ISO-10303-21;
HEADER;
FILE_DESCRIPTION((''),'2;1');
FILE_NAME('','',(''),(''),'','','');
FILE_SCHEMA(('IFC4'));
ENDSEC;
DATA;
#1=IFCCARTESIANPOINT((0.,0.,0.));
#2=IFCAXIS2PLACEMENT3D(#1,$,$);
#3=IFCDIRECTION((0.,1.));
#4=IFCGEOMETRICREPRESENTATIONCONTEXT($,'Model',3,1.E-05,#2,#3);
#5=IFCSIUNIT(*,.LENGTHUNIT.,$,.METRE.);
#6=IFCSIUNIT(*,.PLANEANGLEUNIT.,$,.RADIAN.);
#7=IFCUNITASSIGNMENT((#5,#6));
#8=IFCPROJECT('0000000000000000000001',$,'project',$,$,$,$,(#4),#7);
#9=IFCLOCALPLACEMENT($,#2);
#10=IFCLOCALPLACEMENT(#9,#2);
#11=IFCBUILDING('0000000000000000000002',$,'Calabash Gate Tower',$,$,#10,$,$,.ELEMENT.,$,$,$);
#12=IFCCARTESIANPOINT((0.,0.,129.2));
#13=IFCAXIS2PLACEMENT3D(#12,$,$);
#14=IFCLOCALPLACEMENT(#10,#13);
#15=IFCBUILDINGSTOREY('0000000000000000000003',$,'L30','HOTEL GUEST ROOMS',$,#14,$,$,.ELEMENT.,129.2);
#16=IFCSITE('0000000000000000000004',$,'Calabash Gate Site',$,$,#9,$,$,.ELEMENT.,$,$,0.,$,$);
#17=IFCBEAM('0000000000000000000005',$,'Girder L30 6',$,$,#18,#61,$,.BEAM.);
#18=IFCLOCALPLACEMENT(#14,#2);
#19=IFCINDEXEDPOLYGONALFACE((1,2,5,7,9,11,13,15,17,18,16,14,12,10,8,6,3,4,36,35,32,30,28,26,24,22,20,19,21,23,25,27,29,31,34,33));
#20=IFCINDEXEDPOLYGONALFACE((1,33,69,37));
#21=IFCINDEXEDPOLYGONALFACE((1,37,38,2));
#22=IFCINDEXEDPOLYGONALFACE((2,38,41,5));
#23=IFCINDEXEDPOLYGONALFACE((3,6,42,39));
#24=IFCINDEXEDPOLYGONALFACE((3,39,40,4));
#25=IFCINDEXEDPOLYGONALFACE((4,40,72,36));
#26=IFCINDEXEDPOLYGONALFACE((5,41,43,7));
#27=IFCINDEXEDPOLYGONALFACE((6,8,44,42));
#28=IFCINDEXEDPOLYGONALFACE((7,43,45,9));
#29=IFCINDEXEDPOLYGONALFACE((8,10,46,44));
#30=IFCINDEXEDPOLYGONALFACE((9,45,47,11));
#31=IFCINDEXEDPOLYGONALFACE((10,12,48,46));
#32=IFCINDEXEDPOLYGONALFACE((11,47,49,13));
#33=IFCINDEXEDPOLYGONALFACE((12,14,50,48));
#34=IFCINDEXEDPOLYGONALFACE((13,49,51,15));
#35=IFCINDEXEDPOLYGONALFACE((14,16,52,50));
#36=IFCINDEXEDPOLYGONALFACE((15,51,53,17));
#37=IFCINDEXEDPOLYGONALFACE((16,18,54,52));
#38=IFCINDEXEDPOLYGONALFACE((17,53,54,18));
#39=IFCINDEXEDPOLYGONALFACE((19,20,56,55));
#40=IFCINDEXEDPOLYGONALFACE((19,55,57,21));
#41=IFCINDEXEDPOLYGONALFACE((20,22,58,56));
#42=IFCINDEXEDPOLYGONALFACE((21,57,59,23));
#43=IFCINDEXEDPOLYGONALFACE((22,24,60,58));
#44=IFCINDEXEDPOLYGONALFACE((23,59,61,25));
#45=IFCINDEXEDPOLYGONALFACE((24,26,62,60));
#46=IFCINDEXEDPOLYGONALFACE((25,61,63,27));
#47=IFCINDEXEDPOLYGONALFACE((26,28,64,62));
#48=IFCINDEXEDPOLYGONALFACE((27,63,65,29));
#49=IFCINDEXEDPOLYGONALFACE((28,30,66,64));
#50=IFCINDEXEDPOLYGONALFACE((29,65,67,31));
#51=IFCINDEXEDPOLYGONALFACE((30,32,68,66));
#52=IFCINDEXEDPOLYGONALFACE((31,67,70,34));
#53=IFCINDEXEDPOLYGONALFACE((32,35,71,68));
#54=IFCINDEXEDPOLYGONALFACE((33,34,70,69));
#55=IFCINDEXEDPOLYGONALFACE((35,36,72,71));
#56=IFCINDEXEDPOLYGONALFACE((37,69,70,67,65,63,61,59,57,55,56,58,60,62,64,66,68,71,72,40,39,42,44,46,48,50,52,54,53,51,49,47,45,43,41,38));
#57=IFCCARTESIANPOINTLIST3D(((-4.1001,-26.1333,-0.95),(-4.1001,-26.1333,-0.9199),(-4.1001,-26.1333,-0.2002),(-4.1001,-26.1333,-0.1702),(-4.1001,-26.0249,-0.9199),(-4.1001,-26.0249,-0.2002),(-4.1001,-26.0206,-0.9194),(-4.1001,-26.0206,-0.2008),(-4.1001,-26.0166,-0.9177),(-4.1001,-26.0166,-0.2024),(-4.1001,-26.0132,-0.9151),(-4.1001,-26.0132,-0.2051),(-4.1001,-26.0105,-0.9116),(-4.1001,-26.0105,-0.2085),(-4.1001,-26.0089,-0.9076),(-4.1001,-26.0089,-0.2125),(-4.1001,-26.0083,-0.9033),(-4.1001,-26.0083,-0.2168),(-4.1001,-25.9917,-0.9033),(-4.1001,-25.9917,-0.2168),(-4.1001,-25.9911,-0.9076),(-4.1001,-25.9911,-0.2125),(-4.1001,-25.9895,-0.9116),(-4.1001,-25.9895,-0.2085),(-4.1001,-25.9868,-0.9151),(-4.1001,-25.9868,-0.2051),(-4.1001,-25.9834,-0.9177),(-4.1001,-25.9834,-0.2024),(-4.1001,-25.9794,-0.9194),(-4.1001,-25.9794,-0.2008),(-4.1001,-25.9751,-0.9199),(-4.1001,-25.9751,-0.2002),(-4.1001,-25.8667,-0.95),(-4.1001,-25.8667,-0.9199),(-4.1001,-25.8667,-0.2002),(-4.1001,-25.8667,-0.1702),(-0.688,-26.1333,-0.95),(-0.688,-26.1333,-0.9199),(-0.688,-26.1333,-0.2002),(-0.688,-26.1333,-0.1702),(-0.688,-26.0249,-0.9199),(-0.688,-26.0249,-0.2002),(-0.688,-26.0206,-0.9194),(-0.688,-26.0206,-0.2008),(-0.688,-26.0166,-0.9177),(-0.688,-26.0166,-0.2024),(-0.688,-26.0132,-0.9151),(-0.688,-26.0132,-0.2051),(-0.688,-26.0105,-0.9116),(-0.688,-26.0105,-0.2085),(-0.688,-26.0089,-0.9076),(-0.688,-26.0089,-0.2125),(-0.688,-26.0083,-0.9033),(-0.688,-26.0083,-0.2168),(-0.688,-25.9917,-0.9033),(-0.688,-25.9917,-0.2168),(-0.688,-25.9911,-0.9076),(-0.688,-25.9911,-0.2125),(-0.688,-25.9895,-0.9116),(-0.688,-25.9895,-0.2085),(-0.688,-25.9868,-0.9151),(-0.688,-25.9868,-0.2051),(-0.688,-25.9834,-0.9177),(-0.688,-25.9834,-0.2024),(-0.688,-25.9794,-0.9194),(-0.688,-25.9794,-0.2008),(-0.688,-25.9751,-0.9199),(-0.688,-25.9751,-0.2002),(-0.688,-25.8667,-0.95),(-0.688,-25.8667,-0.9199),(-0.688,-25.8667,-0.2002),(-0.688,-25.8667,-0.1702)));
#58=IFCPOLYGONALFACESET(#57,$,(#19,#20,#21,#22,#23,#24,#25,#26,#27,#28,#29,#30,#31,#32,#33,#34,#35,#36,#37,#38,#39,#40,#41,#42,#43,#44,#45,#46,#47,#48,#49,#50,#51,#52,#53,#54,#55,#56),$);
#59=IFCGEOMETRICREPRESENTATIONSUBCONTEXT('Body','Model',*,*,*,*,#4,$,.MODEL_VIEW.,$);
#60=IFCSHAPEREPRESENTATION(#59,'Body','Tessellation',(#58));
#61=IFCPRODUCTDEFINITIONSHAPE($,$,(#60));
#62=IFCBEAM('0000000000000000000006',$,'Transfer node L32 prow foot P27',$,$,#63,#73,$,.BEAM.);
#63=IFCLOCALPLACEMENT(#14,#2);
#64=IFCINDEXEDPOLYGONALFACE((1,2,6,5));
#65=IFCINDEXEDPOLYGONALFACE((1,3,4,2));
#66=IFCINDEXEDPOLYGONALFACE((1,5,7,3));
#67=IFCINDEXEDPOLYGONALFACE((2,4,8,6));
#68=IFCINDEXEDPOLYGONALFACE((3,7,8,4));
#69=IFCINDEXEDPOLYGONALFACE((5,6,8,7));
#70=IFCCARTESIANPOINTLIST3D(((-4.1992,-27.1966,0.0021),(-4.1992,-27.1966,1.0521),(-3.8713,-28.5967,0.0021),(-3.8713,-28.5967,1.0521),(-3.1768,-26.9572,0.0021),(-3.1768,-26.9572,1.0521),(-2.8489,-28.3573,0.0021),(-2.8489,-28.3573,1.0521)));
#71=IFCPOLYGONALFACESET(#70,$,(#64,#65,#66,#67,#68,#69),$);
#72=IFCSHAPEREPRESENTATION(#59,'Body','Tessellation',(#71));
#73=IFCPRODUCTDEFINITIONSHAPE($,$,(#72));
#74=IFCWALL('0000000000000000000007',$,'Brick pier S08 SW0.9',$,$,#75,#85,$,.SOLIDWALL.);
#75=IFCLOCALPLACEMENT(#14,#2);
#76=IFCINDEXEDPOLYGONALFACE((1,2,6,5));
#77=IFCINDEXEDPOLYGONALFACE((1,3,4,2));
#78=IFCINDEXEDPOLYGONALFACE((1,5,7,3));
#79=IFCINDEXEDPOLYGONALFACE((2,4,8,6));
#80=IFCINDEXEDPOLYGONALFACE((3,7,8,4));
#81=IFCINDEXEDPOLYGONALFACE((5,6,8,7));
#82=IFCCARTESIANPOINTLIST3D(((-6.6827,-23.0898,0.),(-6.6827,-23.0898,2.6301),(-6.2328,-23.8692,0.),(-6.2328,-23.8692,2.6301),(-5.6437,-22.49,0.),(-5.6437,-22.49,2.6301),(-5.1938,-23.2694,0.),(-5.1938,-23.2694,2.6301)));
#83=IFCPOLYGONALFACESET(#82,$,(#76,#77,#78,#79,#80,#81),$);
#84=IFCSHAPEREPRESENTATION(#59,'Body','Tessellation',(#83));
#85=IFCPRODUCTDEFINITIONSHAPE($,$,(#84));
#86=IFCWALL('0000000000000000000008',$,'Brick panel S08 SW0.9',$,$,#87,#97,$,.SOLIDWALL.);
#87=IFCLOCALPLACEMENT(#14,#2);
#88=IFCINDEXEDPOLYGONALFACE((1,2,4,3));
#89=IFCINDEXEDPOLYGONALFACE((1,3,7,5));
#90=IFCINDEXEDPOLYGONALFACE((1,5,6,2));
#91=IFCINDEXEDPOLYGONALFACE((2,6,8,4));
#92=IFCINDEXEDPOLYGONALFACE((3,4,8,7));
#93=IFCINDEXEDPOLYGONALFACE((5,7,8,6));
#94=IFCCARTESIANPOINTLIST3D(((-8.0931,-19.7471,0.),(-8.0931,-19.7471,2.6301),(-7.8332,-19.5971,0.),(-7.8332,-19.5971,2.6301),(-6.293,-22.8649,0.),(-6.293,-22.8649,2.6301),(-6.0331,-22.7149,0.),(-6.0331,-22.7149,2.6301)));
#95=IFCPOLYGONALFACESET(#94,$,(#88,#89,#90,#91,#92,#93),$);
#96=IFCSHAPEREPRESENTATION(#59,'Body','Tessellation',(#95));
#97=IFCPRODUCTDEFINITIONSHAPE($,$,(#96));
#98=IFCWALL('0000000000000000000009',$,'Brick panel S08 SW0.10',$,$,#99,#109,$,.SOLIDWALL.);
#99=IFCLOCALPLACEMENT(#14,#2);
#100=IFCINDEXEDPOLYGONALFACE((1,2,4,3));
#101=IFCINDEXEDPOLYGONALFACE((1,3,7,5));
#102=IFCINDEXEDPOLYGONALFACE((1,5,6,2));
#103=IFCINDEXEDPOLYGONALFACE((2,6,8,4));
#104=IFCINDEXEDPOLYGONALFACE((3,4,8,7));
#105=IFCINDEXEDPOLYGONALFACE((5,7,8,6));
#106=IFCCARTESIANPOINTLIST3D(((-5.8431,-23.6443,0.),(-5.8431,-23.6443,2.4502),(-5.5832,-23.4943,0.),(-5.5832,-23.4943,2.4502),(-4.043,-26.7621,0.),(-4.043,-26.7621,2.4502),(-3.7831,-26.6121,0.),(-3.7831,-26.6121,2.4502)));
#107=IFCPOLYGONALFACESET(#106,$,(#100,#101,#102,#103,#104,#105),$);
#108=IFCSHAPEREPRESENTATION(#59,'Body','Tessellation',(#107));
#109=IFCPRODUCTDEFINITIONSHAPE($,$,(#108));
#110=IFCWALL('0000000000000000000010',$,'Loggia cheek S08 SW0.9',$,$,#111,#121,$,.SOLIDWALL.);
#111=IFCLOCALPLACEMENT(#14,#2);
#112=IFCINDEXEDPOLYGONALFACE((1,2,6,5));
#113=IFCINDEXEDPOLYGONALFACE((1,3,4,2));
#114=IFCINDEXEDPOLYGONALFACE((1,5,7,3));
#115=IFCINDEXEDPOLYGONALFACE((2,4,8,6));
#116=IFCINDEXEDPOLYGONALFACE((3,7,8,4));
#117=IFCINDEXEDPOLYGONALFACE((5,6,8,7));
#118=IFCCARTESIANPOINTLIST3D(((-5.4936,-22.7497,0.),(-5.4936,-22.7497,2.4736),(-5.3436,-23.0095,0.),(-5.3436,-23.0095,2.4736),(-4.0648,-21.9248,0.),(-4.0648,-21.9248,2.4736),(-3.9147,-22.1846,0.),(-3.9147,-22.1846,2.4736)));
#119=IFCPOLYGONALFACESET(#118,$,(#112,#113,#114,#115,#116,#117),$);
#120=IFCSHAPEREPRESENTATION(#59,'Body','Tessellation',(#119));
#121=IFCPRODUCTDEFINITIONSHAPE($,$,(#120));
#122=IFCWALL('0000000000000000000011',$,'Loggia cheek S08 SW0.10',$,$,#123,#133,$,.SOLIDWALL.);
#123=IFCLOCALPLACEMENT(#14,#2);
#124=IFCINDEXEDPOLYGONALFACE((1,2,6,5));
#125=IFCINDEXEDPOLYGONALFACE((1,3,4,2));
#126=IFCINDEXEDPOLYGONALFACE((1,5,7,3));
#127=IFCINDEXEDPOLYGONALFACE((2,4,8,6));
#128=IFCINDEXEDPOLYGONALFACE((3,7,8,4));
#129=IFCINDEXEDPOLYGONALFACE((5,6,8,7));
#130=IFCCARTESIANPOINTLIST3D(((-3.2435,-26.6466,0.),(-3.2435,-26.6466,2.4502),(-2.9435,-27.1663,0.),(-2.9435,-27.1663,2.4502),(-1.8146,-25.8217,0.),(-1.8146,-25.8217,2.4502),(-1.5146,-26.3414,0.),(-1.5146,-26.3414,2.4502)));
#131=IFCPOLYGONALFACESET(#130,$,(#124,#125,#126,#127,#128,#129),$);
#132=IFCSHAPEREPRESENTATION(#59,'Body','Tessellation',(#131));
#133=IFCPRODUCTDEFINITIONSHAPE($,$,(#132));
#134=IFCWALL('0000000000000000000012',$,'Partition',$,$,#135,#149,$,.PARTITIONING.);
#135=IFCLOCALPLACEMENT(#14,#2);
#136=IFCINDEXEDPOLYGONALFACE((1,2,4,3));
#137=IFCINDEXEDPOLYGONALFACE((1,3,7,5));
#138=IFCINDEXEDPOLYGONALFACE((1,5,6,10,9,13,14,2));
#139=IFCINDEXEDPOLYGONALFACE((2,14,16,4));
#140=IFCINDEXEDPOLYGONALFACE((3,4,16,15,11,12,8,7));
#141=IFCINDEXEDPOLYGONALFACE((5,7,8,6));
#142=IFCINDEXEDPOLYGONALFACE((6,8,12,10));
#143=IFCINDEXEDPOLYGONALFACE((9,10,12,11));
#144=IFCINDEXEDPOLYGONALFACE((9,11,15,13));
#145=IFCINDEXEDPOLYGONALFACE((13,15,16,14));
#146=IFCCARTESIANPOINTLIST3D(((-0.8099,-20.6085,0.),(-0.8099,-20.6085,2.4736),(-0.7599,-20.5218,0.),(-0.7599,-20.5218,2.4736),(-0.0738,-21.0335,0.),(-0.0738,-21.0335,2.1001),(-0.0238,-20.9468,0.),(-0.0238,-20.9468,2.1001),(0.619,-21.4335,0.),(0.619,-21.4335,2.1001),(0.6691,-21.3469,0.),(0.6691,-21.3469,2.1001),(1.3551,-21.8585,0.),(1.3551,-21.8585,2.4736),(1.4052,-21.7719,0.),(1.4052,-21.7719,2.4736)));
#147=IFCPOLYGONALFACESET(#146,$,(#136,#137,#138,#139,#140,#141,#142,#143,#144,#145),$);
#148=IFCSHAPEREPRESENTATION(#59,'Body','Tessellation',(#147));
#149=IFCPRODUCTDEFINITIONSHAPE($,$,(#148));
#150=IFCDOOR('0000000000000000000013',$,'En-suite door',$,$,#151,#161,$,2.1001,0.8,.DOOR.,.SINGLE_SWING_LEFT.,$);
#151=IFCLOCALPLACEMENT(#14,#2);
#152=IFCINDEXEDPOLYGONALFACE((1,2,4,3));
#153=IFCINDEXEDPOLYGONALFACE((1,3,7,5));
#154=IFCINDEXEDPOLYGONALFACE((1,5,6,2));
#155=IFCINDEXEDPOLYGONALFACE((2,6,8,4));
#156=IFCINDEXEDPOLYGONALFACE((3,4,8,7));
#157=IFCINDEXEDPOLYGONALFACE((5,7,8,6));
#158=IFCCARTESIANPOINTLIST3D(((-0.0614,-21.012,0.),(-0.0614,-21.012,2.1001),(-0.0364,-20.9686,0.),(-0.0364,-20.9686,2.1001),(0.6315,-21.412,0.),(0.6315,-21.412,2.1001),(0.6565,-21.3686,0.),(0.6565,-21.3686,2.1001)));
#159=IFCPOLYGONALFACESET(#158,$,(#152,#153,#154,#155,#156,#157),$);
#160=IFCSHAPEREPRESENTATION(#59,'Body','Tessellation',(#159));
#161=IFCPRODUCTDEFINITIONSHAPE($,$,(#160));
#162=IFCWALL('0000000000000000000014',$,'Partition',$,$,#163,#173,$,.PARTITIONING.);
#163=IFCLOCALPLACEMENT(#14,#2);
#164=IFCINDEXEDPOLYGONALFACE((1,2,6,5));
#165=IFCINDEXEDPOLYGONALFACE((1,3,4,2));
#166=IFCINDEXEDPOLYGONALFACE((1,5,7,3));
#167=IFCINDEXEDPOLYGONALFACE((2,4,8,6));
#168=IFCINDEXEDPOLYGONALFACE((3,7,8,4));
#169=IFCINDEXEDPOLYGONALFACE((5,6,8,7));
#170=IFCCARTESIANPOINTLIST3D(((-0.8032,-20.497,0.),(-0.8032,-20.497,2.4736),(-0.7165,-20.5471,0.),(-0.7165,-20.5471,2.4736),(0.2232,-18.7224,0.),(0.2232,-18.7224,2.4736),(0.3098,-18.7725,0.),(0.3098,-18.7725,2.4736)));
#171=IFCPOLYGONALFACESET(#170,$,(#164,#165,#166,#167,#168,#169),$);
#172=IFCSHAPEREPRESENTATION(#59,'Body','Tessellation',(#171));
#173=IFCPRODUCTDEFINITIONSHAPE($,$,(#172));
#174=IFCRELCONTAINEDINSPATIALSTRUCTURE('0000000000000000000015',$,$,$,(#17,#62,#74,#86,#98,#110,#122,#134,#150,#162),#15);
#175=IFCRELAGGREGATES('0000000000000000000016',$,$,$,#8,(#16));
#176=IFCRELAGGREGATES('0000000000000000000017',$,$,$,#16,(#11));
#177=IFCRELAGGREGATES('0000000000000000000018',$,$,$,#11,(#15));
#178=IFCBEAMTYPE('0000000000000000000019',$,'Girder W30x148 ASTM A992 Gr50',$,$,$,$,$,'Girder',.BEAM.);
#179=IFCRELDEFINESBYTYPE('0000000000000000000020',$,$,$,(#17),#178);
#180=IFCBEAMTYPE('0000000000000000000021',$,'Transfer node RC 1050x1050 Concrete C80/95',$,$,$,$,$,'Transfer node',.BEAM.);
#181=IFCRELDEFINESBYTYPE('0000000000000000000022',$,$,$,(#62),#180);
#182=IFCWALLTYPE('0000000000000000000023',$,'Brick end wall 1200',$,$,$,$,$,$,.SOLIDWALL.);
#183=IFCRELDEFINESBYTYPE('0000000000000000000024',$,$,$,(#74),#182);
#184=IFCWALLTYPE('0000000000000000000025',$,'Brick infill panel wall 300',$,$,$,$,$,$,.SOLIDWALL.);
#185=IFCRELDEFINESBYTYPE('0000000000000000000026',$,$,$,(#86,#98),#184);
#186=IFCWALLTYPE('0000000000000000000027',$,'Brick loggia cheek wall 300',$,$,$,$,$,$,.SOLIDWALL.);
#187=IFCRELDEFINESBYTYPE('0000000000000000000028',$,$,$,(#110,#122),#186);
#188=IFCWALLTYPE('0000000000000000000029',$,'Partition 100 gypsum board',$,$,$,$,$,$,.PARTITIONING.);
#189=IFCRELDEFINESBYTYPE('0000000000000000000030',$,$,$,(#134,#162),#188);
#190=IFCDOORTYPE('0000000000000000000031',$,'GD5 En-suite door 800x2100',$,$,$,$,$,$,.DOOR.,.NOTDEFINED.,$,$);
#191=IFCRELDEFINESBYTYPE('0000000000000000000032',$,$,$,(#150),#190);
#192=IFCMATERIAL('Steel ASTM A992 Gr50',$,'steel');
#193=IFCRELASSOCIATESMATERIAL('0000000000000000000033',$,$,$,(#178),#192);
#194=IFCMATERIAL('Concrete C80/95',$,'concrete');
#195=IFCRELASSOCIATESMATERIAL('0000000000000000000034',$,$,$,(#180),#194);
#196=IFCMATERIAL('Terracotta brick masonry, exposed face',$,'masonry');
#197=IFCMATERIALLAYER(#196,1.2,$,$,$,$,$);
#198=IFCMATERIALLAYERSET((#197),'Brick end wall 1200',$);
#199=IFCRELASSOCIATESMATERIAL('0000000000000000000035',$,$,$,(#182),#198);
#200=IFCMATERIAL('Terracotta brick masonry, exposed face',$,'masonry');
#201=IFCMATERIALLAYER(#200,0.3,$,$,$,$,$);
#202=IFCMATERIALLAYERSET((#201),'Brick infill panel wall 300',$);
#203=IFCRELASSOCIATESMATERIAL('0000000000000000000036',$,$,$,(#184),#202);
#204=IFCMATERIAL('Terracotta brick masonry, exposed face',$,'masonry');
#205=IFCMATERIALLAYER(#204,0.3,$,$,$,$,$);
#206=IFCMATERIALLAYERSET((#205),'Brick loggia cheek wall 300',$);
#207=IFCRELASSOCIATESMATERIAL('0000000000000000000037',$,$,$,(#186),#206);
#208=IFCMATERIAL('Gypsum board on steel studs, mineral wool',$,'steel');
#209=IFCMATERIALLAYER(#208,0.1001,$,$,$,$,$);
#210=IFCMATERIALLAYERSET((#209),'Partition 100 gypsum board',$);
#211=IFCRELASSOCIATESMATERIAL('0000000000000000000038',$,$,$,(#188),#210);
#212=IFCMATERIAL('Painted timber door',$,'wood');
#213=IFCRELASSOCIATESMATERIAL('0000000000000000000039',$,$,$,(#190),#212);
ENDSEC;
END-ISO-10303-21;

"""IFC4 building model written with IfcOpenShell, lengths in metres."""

from ifc_helpers import new_model, si_unit, direction, frame, frame_2d, origin, origin_2d, place, context, subcontext, project, spatial, rectangle, i_section, extrude, material, layer, layer_set, material_profile, profile_set, type_object, element, fill, save


model = new_model("IFC4")

# Units and contexts
model_context = context("Model", 3, precision=1e-05, world=origin(), true_north=direction((0.0, 1.0)))
body_context = subcontext(model_context, "Body", "Model", "MODEL_VIEW")
ifc_project = project(units=[si_unit("LENGTHUNIT", "METRE"), si_unit("PLANEANGLEUNIT", "RADIAN")], contexts=[model_context])

# Site, building, storey
site_placement = place(None, origin())
site = spatial("IfcSite", under=ifc_project, at=site_placement, Name="Calabash Gate Site", CompositionType="ELEMENT", RefElevation=0.0)
building_placement = place(site_placement, origin())
building = spatial("IfcBuilding", under=site, at=building_placement, Name="Calabash Gate Tower", CompositionType="ELEMENT")
storey_placement = place(building_placement, frame((0.0, 0.0, 129.2)))
storey = spatial("IfcBuildingStorey", under=building, at=storey_placement, Name="L30", Description="HOTEL GUEST ROOMS", CompositionType="ELEMENT", Elevation=129.2)

# Beams
ifc_material_1 = material(Name="Steel ASTM A992 Gr50", Category="steel")
ifc_material_profile_1 = material_profile(ifc_material_1, i_section(OverallWidth=0.2666, OverallDepth=0.7798, WebThickness=0.0166, FlangeThickness=0.03, FilletRadius=0.0166, at=origin_2d()))
ifc_profile_set_1 = profile_set([ifc_material_profile_1], Name="Steel ASTM A992 Gr50")
beam_type_1 = type_object("IfcBeamType", Name="Girder W30x148 ASTM A992 Gr50", ElementType="Girder", PredefinedType="BEAM", material=ifc_profile_set_1)
beam_1_placement = place(storey_placement, frame((-4.1001, -26.0, -0.5601), z_axis=(1.0, 0.0, 0.0), x_axis=(0.0, 1.0, 0.0)))
element("IfcBeam", 1, at=beam_1_placement, inside=storey, type_object=beam_type_1, Name="Girder L30 6", PredefinedType="BEAM", context=body_context, shape_type="SweptSolid", body=[
    extrude(i_section(OverallWidth=0.2666, OverallDepth=0.7798, WebThickness=0.0166, FlangeThickness=0.03, FilletRadius=0.0166, at=origin_2d()), origin(), (0.0, 0.0, 1.0), 3.4121),
])
ifc_material_2 = material(Name="Concrete C80/95", Category="concrete")
ifc_material_profile_2 = material_profile(ifc_material_2, rectangle(XDim=1.05, YDim=1.05, at=origin_2d()))
ifc_profile_set_2 = profile_set([ifc_material_profile_2], Name="Concrete C80/95")
beam_type_2 = type_object("IfcBeamType", Name="Transfer node RC 1050x1050 Concrete C80/95", ElementType="Transfer node", PredefinedType="BEAM", material=ifc_profile_set_2)
beam_2_placement = place(storey_placement, frame((-3.688, -27.0769, 0.5271), z_axis=(0.228008, -0.973659, 0.0), x_axis=(0.973659, 0.228008, 0.0)))
element("IfcBeam", 2, at=beam_2_placement, inside=storey, type_object=beam_type_2, Name="Transfer node L32 prow foot P27", PredefinedType="BEAM", context=body_context, shape_type="SweptSolid", body=[
    extrude(rectangle(XDim=1.05, YDim=1.05, at=origin_2d()), origin(), (0.0, 0.0, 1.0), 1.438),
])

# Walls
ifc_material_3 = material(Name="Terracotta brick masonry, exposed face", Category="masonry")
ifc_layer_1 = layer(ifc_material_3, 1.2)
ifc_layer_set_1 = layer_set([ifc_layer_1], Name="Brick end wall 1200")
wall_type_1 = type_object("IfcWallType", Name="Brick end wall 1200", PredefinedType="SOLIDWALL", material=ifc_layer_set_1)
wall_1_placement = place(storey_placement, frame((-6.4578, -23.4795, 0.0), z_axis=(0.0, 0.0, 1.0), x_axis=(0.866043, 0.499969, 0.0)))
element("IfcWall", 3, at=wall_1_placement, inside=storey, type_object=wall_type_1, Name="Brick pier S08 SW0.9", PredefinedType="SOLIDWALL", context=body_context, shape_type="SweptSolid", body=[
    extrude(rectangle(XDim=1.1997, YDim=0.8999, at=frame_2d((0.5999, 0.0))), origin(), (0.0, 0.0, 1.0), 2.6301),
])
ifc_material_4 = material(Name="Terracotta brick masonry, exposed face", Category="masonry")
ifc_layer_2 = layer(ifc_material_4, 0.3)
ifc_layer_set_2 = layer_set([ifc_layer_2], Name="Brick infill panel wall 300")
wall_type_2 = type_object("IfcWallType", Name="Brick infill panel wall 300", PredefinedType="SOLIDWALL", material=ifc_layer_set_2)
wall_2_placement = place(storey_placement, frame((-7.9631, -19.6721, 0.0), z_axis=(0.0, 0.0, 1.0), x_axis=(0.500012, -0.866018, 0.0)))
element("IfcWall", 4, at=wall_2_placement, inside=storey, type_object=wall_type_2, Name="Brick panel S08 SW0.9", PredefinedType="SOLIDWALL", context=body_context, shape_type="SweptSolid", body=[
    extrude(rectangle(XDim=3.6001, YDim=0.3, at=frame_2d((1.8, 0.0))), origin(), (0.0, 0.0, 1.0), 2.6301),
])
wall_3_placement = place(storey_placement, frame((-5.7131, -23.5693, 0.0), z_axis=(0.0, 0.0, 1.0), x_axis=(0.500012, -0.866018, 0.0)))
element("IfcWall", 5, at=wall_3_placement, inside=storey, type_object=wall_type_2, Name="Brick panel S08 SW0.10", PredefinedType="SOLIDWALL", context=body_context, shape_type="SweptSolid", body=[
    extrude(rectangle(XDim=3.6001, YDim=0.3, at=frame_2d((1.8, 0.0))), origin(), (0.0, 0.0, 1.0), 2.4502),
])
ifc_material_5 = material(Name="Terracotta brick masonry, exposed face", Category="masonry")
ifc_layer_3 = layer(ifc_material_5, 0.3)
ifc_layer_set_3 = layer_set([ifc_layer_3], Name="Brick loggia cheek wall 300")
wall_type_3 = type_object("IfcWallType", Name="Brick loggia cheek wall 300", PredefinedType="SOLIDWALL", material=ifc_layer_set_3)
wall_4_placement = place(storey_placement, frame((-3.9897, -22.0547, 0.0), z_axis=(0.0, 0.0, 1.0), x_axis=(-0.86604, -0.499974, 0.0)))
element("IfcWall", 6, at=wall_4_placement, inside=storey, type_object=wall_type_3, Name="Loggia cheek S08 SW0.9", PredefinedType="SOLIDWALL", context=body_context, shape_type="SweptSolid", body=[
    extrude(rectangle(XDim=1.6499, YDim=0.3, at=frame_2d((0.825, 0.0))), origin(), (0.0, 0.0, 1.0), 2.4736),
])
wall_5_placement = place(storey_placement, frame((-3.0935, -26.9065, 0.0), z_axis=(0.0, 0.0, 1.0), x_axis=(0.86604, 0.499974, 0.0)))
element("IfcWall", 7, at=wall_5_placement, inside=storey, type_object=wall_type_3, Name="Loggia cheek S08 SW0.10", PredefinedType="SOLIDWALL", context=body_context, shape_type="SweptSolid", body=[
    extrude(rectangle(XDim=1.6499, YDim=0.6001, at=frame_2d((0.825, 0.0))), origin(), (0.0, 0.0, 1.0), 2.4502),
])

# Wall, opening, door
ifc_material_6 = material(Name="Gypsum board on steel studs, mineral wool", Category="steel")
ifc_layer_4 = layer(ifc_material_6, 0.1001)
ifc_layer_set_4 = layer_set([ifc_layer_4], Name="Partition 100 gypsum board")
wall_type_4 = type_object("IfcWallType", Name="Partition 100 gypsum board", PredefinedType="PARTITIONING", material=ifc_layer_set_4)
wall_6_placement = place(storey_placement, frame((-0.7849, -20.5652, 0.0), z_axis=(0.0, 0.0, 1.0), x_axis=(0.866023, -0.500004, 0.0)))
wall_6 = element("IfcWall", 8, at=wall_6_placement, inside=storey, type_object=wall_type_4, Name="Partition", PredefinedType="PARTITIONING", context=body_context, shape_type="SweptSolid", body=[
    extrude(rectangle(XDim=2.5, YDim=0.1001, at=frame_2d((1.25, 0.0))), origin(), (0.0, 0.0, 1.0), 2.4736),
])
opening_placement = place(wall_6_placement, frame((0.8501, 0.0, 0.0)))
opening = element("IfcOpeningElement", 9, at=opening_placement, cuts=wall_6, PredefinedType="OPENING", context=body_context, shape_type="SweptSolid", body=[
    extrude(rectangle(XDim=0.8, YDim=2.1001, at=frame_2d((0.3999, 1.05))), frame((0.0, 0.0601, 0.0), z_axis=(0.0, -1.0, 0.0), x_axis=(1.0, 0.0, 0.0)), (0.0, 0.0, 1.0), 0.1201),
])
ifc_material_7 = material(Name="Painted timber door", Category="wood")
door_type = type_object("IfcDoorType", Name="GD5 En-suite door 800x2100", OperationType="NOTDEFINED", PredefinedType="DOOR", material=ifc_material_7)
door_placement = place(opening_placement, origin())
door = element("IfcDoor", 10, at=door_placement, inside=storey, type_object=door_type, Name="En-suite door", OperationType="SINGLE_SWING_LEFT", OverallHeight=2.1001, OverallWidth=0.8, PredefinedType="DOOR", context=body_context, shape_type="SweptSolid", body=[
    extrude(rectangle(XDim=0.8, YDim=2.1001, at=frame_2d((0.3999, 1.05))), frame((0.0, 0.0249, 0.0), z_axis=(0.0, -1.0, 0.0), x_axis=(1.0, 0.0, 0.0)), (0.0, 0.0, 1.0), 0.05),
])
fill(opening, door)

# Wall
wall_7_placement = place(storey_placement, frame((-0.7598, -20.522, 0.0), z_axis=(0.0, 0.0, 1.0), x_axis=(0.500647, 0.865652, 0.0)))
element("IfcWall", 11, at=wall_7_placement, inside=storey, type_object=wall_type_4, Name="Partition", PredefinedType="PARTITIONING", context=body_context, shape_type="SweptSolid", body=[
    extrude(rectangle(XDim=2.05, YDim=0.1001, at=frame_2d((1.0249, 0.0))), origin(), (0.0, 0.0, 1.0), 2.4736),
])

save(model, "model.ifc")
